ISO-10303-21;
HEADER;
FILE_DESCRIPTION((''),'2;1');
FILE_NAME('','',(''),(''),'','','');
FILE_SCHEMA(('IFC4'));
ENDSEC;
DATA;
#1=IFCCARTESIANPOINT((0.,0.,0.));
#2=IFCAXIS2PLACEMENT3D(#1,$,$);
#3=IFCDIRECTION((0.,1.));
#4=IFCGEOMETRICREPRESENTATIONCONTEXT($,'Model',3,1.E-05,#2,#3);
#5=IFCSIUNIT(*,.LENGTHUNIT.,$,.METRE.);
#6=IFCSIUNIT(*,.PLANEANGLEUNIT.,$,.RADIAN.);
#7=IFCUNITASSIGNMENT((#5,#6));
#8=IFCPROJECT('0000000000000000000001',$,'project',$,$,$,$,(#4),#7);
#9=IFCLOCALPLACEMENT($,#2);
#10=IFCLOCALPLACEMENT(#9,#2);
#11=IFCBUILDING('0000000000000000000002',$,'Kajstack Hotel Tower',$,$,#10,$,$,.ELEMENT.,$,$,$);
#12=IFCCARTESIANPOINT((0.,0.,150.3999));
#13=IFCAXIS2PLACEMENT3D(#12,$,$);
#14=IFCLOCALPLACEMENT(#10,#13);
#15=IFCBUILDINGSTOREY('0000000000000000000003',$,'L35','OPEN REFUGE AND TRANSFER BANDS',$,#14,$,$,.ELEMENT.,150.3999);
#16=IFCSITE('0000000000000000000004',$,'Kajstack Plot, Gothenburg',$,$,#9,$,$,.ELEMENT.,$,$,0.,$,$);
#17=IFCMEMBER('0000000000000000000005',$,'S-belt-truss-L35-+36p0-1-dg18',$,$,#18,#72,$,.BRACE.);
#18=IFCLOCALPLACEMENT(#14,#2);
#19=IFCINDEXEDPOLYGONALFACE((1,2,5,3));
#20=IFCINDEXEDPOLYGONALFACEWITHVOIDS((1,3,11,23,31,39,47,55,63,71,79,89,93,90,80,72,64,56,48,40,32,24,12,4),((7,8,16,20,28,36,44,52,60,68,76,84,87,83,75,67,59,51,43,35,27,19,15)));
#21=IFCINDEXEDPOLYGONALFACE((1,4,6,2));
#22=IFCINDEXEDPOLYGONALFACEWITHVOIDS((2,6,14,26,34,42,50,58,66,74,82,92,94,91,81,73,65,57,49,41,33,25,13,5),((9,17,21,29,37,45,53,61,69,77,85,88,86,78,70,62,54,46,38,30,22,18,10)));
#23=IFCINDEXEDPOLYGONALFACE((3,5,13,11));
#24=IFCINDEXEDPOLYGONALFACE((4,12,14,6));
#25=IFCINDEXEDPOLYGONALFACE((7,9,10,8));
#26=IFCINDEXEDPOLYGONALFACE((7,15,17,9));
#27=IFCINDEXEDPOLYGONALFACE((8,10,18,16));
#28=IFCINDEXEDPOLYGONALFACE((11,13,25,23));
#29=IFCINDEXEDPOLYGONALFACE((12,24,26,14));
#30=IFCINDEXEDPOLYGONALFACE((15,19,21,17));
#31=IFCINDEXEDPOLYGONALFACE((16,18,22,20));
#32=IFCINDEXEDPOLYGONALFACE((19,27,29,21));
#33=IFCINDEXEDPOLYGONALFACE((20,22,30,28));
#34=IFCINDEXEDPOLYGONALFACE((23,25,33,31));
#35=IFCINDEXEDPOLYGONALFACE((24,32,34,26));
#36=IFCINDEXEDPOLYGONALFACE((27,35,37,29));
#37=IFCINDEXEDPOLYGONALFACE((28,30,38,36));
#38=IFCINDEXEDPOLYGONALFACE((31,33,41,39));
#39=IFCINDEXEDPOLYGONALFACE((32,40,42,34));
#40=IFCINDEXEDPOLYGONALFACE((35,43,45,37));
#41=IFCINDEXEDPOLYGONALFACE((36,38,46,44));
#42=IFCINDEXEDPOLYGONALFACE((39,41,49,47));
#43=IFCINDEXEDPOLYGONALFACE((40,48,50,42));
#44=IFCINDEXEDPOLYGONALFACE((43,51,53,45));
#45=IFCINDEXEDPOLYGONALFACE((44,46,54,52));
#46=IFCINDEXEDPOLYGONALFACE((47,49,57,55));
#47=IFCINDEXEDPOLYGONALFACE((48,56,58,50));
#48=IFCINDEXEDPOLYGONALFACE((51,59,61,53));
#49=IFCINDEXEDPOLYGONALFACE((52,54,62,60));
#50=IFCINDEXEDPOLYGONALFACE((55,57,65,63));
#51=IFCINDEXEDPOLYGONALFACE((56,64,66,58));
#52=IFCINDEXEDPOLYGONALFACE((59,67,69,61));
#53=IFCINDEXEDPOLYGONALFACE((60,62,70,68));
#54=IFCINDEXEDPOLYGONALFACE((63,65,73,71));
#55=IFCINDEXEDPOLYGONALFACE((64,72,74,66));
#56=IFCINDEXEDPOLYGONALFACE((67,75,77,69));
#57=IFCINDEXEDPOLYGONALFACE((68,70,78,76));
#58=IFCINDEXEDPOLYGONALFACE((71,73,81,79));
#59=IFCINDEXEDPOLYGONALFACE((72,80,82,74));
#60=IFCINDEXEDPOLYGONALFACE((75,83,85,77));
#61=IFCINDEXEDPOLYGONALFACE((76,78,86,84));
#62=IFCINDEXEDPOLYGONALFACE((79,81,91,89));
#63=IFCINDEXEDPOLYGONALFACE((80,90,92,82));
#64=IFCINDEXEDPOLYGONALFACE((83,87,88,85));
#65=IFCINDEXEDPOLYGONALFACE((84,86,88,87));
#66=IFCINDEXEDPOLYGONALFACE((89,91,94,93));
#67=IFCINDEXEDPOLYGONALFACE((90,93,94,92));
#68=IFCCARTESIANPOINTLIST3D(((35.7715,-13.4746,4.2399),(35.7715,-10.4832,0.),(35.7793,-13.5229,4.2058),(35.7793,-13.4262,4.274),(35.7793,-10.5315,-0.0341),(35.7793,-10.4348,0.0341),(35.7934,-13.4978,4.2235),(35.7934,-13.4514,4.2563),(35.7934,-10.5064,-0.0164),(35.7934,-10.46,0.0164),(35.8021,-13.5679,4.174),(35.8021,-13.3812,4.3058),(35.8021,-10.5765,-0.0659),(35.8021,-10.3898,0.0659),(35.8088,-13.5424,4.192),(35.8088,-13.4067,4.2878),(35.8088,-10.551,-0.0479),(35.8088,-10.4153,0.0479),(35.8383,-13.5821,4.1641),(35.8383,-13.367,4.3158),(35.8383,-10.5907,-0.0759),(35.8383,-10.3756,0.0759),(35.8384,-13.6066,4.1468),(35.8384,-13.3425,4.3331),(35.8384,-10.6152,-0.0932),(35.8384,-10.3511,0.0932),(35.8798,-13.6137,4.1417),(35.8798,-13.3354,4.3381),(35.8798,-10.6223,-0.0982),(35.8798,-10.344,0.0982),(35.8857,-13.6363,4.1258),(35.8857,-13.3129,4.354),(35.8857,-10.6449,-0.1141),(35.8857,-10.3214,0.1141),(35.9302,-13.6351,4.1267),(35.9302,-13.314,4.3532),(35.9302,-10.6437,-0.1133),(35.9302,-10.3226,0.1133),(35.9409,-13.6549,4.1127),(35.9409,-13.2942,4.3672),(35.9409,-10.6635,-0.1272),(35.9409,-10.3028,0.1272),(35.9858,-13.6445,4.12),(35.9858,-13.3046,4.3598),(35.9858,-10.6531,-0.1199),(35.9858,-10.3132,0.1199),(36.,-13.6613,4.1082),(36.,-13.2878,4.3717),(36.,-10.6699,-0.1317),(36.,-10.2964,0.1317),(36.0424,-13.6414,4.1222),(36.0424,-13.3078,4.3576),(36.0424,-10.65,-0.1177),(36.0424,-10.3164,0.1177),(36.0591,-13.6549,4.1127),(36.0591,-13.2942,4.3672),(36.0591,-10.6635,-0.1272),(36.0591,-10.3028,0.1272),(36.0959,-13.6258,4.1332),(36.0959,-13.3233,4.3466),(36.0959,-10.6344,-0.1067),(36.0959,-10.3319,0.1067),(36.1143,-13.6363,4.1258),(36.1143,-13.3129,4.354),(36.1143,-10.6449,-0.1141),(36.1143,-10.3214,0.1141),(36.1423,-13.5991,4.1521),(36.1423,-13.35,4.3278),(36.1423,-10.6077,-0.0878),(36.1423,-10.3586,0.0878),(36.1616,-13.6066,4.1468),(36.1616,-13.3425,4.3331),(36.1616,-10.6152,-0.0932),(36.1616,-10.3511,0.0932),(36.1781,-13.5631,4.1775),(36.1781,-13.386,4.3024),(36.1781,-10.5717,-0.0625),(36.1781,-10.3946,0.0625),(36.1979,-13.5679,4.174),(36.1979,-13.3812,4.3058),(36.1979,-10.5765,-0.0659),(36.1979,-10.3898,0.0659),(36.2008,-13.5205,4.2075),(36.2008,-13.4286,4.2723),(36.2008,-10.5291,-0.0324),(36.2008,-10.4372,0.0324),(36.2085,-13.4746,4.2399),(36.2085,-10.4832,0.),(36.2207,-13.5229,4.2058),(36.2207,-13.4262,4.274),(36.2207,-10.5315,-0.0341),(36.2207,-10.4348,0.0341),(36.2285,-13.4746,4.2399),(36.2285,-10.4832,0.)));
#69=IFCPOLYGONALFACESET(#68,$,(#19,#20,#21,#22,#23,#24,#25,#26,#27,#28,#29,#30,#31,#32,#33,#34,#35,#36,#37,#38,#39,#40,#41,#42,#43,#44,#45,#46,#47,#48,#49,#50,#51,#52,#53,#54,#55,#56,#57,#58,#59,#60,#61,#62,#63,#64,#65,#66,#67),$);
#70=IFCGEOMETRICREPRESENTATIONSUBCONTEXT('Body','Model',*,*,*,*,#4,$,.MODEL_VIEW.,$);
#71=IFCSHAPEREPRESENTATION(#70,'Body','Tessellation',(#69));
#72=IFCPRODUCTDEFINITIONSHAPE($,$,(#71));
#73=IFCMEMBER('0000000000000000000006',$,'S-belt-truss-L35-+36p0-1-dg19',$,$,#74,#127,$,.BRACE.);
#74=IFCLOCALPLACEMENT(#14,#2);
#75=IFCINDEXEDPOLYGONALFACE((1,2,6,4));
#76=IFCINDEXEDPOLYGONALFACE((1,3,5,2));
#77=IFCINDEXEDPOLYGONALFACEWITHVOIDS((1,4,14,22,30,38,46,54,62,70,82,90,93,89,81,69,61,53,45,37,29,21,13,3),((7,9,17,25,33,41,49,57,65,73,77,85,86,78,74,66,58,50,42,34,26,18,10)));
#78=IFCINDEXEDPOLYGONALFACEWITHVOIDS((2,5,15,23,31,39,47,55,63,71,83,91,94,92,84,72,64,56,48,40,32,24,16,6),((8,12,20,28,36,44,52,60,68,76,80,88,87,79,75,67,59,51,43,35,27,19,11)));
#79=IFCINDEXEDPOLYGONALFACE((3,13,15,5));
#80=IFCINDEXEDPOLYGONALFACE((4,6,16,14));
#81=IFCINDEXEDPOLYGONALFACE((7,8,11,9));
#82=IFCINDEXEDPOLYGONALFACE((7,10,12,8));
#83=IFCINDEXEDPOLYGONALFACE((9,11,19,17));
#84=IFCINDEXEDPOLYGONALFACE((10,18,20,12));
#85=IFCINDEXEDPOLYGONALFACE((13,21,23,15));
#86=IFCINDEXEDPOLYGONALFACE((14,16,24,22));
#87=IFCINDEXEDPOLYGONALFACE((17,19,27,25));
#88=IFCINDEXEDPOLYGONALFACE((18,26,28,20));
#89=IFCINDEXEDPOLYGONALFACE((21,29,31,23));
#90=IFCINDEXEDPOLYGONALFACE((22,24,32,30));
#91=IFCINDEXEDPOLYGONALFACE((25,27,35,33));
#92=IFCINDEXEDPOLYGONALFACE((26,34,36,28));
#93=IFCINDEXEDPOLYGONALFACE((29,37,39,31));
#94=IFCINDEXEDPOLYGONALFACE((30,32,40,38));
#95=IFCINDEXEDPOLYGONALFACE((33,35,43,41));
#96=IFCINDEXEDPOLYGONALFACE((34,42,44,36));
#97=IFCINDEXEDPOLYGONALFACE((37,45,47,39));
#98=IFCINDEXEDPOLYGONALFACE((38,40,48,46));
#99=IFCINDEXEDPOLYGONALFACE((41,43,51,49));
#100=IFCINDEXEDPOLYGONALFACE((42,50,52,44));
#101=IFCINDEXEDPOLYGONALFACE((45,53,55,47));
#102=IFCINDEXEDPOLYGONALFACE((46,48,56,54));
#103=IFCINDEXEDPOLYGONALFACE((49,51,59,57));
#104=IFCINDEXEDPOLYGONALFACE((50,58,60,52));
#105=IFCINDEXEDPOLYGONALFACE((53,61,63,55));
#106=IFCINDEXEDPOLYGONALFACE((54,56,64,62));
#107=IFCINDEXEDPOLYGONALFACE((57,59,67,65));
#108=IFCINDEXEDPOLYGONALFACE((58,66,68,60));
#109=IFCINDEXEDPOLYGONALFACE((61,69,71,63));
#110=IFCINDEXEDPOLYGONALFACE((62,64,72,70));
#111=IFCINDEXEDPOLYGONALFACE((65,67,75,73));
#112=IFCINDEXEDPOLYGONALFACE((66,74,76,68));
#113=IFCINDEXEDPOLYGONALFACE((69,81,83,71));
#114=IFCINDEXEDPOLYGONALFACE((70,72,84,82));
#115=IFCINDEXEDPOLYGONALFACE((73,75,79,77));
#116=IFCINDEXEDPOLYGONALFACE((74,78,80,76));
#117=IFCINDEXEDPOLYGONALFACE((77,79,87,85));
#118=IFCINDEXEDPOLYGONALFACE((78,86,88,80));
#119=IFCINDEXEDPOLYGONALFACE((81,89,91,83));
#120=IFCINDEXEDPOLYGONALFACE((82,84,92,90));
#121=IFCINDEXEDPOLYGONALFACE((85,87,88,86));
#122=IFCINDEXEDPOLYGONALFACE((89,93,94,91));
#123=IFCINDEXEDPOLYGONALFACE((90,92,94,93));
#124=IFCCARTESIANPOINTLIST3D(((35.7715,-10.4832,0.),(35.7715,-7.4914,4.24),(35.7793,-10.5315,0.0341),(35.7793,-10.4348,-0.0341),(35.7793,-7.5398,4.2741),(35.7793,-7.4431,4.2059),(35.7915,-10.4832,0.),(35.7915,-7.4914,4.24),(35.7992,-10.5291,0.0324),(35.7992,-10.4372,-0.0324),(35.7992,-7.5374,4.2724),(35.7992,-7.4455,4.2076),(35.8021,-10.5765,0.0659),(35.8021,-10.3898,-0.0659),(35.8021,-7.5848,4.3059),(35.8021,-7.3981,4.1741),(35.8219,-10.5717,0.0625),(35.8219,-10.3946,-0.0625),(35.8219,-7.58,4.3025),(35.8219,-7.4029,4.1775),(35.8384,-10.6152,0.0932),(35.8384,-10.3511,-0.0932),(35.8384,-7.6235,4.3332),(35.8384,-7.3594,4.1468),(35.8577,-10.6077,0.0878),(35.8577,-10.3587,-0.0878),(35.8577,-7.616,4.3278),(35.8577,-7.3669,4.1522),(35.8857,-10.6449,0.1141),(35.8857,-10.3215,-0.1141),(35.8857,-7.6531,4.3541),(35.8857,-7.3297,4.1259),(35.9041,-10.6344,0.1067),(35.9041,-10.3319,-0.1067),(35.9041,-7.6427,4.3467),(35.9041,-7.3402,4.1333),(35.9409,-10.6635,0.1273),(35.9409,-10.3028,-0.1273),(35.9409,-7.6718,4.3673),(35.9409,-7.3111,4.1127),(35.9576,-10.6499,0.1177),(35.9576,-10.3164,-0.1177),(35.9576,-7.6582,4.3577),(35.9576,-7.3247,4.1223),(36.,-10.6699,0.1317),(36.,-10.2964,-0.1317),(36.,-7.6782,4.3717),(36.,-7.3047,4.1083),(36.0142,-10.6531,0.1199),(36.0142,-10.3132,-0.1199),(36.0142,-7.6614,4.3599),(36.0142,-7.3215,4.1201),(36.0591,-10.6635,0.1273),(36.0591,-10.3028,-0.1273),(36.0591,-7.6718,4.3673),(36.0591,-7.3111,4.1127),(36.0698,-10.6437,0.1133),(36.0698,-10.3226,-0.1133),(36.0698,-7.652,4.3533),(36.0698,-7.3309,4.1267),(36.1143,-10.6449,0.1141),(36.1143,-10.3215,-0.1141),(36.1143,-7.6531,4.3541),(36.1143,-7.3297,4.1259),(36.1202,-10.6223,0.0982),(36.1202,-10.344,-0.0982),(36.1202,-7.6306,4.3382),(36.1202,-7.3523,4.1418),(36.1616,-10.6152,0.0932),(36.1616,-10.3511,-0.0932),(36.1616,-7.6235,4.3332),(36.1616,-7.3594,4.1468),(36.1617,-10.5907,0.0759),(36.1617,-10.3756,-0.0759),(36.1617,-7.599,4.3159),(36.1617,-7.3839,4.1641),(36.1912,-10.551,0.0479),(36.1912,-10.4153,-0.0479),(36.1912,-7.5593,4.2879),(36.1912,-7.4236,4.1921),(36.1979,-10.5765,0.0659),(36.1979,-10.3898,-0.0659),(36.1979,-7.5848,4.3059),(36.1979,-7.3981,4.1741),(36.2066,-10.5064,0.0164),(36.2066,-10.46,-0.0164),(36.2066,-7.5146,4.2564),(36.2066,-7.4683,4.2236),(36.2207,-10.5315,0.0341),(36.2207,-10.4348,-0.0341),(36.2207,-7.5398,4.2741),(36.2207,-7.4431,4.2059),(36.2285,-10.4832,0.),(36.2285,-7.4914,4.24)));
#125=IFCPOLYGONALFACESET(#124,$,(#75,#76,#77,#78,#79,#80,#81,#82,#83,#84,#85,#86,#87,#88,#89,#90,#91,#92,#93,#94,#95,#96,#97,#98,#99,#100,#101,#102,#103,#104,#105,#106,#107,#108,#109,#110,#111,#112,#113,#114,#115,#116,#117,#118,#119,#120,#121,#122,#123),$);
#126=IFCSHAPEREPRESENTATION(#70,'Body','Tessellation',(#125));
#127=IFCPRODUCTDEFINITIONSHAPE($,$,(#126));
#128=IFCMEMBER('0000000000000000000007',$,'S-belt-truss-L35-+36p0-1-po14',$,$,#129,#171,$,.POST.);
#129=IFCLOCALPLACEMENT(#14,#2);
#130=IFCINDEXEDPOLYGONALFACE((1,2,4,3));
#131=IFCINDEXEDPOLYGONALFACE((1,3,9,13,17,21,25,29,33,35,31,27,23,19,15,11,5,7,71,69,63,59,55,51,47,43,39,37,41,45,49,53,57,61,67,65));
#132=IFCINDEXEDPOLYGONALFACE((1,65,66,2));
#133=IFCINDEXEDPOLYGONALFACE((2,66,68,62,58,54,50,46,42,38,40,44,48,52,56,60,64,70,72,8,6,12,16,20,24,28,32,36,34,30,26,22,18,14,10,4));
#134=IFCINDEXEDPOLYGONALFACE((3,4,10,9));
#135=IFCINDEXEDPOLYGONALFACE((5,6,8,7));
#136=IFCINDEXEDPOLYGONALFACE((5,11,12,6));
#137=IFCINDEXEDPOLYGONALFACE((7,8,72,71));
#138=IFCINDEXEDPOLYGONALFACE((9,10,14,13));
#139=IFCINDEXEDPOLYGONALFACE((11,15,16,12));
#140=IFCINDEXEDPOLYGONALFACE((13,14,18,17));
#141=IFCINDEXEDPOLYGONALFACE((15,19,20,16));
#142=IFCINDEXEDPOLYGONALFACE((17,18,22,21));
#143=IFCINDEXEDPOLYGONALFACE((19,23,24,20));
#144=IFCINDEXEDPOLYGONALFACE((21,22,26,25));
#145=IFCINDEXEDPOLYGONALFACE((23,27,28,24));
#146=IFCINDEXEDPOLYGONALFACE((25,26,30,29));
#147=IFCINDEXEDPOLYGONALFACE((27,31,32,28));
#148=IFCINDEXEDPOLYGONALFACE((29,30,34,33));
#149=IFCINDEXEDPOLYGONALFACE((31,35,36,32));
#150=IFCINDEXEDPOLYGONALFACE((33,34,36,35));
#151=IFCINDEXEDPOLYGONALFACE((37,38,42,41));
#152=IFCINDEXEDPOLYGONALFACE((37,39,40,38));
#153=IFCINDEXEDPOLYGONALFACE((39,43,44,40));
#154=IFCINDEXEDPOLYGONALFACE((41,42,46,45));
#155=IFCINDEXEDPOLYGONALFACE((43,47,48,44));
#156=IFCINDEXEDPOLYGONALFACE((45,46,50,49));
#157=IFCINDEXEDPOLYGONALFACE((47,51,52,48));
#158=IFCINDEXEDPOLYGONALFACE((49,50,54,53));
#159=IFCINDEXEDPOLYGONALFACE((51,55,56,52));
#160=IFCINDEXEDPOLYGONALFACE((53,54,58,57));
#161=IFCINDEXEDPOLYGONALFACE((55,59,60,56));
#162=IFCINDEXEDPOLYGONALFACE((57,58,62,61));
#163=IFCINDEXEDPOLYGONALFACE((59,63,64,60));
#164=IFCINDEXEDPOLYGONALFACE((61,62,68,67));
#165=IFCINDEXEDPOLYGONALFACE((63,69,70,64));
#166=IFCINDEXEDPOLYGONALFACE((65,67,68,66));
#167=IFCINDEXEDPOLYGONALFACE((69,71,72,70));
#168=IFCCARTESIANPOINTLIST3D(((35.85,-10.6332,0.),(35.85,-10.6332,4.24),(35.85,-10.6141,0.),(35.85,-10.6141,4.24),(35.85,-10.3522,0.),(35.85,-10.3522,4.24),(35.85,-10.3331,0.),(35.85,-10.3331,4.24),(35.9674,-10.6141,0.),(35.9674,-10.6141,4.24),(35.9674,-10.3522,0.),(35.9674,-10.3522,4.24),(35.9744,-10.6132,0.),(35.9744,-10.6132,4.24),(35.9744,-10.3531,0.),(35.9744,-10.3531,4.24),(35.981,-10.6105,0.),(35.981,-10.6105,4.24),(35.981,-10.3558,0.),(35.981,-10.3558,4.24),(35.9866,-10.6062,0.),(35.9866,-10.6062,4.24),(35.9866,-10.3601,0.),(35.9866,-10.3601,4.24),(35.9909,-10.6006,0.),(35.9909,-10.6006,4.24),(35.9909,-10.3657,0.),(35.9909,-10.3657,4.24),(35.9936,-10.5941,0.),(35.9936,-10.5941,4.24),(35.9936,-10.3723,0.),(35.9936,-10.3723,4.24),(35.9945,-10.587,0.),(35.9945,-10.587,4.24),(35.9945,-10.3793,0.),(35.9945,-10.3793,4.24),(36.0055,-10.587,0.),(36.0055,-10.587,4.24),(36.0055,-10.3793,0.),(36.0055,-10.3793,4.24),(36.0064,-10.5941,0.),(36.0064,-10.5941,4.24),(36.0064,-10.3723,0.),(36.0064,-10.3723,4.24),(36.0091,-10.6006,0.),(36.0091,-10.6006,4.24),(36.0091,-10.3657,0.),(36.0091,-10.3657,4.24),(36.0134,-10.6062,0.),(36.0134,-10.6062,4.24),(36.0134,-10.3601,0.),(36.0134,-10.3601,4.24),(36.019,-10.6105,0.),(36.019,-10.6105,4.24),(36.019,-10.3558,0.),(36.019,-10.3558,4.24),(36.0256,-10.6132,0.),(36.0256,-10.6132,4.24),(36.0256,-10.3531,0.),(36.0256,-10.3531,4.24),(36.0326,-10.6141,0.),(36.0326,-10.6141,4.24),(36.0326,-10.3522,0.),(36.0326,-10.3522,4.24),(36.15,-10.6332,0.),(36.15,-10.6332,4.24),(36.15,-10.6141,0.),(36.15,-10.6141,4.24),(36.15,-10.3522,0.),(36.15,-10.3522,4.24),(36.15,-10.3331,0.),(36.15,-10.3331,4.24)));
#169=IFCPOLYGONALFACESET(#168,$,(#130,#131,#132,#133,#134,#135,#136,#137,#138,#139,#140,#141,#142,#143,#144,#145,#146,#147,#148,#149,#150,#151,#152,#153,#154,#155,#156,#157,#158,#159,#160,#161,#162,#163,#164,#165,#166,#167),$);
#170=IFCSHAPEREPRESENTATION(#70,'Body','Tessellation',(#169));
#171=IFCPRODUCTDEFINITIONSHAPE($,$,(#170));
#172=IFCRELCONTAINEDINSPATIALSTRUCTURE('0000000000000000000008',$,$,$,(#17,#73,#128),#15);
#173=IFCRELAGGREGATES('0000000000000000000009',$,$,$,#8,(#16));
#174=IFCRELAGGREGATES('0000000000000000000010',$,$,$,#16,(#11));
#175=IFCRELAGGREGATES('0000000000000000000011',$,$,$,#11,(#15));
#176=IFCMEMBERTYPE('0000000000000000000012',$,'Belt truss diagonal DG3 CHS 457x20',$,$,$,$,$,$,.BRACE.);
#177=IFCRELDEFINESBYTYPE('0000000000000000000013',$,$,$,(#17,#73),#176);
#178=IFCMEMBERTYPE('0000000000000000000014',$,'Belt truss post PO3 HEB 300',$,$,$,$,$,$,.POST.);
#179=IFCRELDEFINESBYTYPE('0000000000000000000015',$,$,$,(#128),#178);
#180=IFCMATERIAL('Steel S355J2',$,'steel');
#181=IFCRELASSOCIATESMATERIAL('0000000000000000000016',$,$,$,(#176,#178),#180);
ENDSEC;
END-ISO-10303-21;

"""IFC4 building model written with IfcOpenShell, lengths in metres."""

from ifc_helpers import new_model, si_unit, direction, frame, origin, origin_2d, place, context, subcontext, project, spatial, hollow_circle, i_section, extrude, material, material_profile, profile_set, type_object, element, save


model = new_model("IFC4")

# Units and contexts
model_context = context("Model", 3, precision=1e-05, world=origin(), true_north=direction((0.0, 1.0)))
body_context = subcontext(model_context, "Body", "Model", "MODEL_VIEW")
ifc_project = project(units=[si_unit("LENGTHUNIT", "METRE"), si_unit("PLANEANGLEUNIT", "RADIAN")], contexts=[model_context])

# Site, building, storey
site_placement = place(None, origin())
site = spatial("IfcSite", under=ifc_project, at=site_placement, Name="Kajstack Plot, Gothenburg", CompositionType="ELEMENT", RefElevation=0.0)
building_placement = place(site_placement, origin())
building = spatial("IfcBuilding", under=site, at=building_placement, Name="Kajstack Hotel Tower", CompositionType="ELEMENT")
storey_placement = place(building_placement, frame((0.0, 0.0, 150.3999)))
storey = spatial("IfcBuildingStorey", under=building, at=storey_placement, Name="L35", Description="OPEN REFUGE AND TRANSFER BANDS", CompositionType="ELEMENT", Elevation=150.3999)

# Members
ifc_material = material(Name="Steel S355J2", Category="steel")
ifc_material_profile_1 = material_profile(ifc_material, hollow_circle(Radius=0.2285, WallThickness=0.02, at=origin_2d()), Name="CHS 457x20")
ifc_profile_set_1 = profile_set([ifc_material_profile_1], Name="Steel S355J2")
member_type_1 = type_object("IfcMemberType", Name="Belt truss diagonal DG3 CHS 457x20", PredefinedType="BRACE", material=ifc_profile_set_1)
member_1_placement = place(storey_placement, frame((36.0, -10.4832, 0.0), z_axis=(0.0, -0.576493, 0.817102), x_axis=(1.0, 0.0, 0.0)))
element("IfcMember", 1, at=member_1_placement, inside=storey, type_object=member_type_1, Name="S-belt-truss-L35-+36p0-1-dg18", PredefinedType="BRACE", context=body_context, shape_type="SweptSolid", body=[
    extrude(hollow_circle(Radius=0.2285, WallThickness=0.02, at=origin_2d()), origin(), (0.0, 0.0, 1.0), 5.189),
])
member_2_placement = place(storey_placement, frame((36.0, -10.4832, 0.0), z_axis=(0.0, 0.576524, 0.81708), x_axis=(-1.0, 0.0, 0.0)))
element("IfcMember", 2, at=member_2_placement, inside=storey, type_object=member_type_1, Name="S-belt-truss-L35-+36p0-1-dg19", PredefinedType="BRACE", context=body_context, shape_type="SweptSolid", body=[
    extrude(hollow_circle(Radius=0.2285, WallThickness=0.02, at=origin_2d()), origin(), (0.0, 0.0, 1.0), 5.1892),
])
ifc_material_profile_2 = material_profile(ifc_material, i_section(OverallWidth=0.3, OverallDepth=0.3, WebThickness=0.011, FlangeThickness=0.019, FilletRadius=0.0271, at=origin_2d()), Name="HEB 300")
ifc_profile_set_2 = profile_set([ifc_material_profile_2], Name="Steel S355J2")
member_type_2 = type_object("IfcMemberType", Name="Belt truss post PO3 HEB 300", PredefinedType="POST", material=ifc_profile_set_2)
for number, where, z_axis, x_axis, name in (
    (3, (36.0, -10.4832, 0.0), (0.0, 0.0, 1.0), (1.0, 0.0, 0.0), "S-belt-truss-L35-+36p0-1-po14"),
):
    element("IfcMember", number, at=place(storey_placement, frame(where, z_axis=z_axis, x_axis=x_axis)), inside=storey, type_object=member_type_2, Name=name, PredefinedType="POST", context=body_context, shape_type="SweptSolid", body=[
        extrude(i_section(OverallWidth=0.3, OverallDepth=0.3, WebThickness=0.011, FlangeThickness=0.019, FilletRadius=0.0271, at=origin_2d()), origin(), (0.0, 0.0, 1.0), 4.24),
    ])

save(model, "model.ifc")
